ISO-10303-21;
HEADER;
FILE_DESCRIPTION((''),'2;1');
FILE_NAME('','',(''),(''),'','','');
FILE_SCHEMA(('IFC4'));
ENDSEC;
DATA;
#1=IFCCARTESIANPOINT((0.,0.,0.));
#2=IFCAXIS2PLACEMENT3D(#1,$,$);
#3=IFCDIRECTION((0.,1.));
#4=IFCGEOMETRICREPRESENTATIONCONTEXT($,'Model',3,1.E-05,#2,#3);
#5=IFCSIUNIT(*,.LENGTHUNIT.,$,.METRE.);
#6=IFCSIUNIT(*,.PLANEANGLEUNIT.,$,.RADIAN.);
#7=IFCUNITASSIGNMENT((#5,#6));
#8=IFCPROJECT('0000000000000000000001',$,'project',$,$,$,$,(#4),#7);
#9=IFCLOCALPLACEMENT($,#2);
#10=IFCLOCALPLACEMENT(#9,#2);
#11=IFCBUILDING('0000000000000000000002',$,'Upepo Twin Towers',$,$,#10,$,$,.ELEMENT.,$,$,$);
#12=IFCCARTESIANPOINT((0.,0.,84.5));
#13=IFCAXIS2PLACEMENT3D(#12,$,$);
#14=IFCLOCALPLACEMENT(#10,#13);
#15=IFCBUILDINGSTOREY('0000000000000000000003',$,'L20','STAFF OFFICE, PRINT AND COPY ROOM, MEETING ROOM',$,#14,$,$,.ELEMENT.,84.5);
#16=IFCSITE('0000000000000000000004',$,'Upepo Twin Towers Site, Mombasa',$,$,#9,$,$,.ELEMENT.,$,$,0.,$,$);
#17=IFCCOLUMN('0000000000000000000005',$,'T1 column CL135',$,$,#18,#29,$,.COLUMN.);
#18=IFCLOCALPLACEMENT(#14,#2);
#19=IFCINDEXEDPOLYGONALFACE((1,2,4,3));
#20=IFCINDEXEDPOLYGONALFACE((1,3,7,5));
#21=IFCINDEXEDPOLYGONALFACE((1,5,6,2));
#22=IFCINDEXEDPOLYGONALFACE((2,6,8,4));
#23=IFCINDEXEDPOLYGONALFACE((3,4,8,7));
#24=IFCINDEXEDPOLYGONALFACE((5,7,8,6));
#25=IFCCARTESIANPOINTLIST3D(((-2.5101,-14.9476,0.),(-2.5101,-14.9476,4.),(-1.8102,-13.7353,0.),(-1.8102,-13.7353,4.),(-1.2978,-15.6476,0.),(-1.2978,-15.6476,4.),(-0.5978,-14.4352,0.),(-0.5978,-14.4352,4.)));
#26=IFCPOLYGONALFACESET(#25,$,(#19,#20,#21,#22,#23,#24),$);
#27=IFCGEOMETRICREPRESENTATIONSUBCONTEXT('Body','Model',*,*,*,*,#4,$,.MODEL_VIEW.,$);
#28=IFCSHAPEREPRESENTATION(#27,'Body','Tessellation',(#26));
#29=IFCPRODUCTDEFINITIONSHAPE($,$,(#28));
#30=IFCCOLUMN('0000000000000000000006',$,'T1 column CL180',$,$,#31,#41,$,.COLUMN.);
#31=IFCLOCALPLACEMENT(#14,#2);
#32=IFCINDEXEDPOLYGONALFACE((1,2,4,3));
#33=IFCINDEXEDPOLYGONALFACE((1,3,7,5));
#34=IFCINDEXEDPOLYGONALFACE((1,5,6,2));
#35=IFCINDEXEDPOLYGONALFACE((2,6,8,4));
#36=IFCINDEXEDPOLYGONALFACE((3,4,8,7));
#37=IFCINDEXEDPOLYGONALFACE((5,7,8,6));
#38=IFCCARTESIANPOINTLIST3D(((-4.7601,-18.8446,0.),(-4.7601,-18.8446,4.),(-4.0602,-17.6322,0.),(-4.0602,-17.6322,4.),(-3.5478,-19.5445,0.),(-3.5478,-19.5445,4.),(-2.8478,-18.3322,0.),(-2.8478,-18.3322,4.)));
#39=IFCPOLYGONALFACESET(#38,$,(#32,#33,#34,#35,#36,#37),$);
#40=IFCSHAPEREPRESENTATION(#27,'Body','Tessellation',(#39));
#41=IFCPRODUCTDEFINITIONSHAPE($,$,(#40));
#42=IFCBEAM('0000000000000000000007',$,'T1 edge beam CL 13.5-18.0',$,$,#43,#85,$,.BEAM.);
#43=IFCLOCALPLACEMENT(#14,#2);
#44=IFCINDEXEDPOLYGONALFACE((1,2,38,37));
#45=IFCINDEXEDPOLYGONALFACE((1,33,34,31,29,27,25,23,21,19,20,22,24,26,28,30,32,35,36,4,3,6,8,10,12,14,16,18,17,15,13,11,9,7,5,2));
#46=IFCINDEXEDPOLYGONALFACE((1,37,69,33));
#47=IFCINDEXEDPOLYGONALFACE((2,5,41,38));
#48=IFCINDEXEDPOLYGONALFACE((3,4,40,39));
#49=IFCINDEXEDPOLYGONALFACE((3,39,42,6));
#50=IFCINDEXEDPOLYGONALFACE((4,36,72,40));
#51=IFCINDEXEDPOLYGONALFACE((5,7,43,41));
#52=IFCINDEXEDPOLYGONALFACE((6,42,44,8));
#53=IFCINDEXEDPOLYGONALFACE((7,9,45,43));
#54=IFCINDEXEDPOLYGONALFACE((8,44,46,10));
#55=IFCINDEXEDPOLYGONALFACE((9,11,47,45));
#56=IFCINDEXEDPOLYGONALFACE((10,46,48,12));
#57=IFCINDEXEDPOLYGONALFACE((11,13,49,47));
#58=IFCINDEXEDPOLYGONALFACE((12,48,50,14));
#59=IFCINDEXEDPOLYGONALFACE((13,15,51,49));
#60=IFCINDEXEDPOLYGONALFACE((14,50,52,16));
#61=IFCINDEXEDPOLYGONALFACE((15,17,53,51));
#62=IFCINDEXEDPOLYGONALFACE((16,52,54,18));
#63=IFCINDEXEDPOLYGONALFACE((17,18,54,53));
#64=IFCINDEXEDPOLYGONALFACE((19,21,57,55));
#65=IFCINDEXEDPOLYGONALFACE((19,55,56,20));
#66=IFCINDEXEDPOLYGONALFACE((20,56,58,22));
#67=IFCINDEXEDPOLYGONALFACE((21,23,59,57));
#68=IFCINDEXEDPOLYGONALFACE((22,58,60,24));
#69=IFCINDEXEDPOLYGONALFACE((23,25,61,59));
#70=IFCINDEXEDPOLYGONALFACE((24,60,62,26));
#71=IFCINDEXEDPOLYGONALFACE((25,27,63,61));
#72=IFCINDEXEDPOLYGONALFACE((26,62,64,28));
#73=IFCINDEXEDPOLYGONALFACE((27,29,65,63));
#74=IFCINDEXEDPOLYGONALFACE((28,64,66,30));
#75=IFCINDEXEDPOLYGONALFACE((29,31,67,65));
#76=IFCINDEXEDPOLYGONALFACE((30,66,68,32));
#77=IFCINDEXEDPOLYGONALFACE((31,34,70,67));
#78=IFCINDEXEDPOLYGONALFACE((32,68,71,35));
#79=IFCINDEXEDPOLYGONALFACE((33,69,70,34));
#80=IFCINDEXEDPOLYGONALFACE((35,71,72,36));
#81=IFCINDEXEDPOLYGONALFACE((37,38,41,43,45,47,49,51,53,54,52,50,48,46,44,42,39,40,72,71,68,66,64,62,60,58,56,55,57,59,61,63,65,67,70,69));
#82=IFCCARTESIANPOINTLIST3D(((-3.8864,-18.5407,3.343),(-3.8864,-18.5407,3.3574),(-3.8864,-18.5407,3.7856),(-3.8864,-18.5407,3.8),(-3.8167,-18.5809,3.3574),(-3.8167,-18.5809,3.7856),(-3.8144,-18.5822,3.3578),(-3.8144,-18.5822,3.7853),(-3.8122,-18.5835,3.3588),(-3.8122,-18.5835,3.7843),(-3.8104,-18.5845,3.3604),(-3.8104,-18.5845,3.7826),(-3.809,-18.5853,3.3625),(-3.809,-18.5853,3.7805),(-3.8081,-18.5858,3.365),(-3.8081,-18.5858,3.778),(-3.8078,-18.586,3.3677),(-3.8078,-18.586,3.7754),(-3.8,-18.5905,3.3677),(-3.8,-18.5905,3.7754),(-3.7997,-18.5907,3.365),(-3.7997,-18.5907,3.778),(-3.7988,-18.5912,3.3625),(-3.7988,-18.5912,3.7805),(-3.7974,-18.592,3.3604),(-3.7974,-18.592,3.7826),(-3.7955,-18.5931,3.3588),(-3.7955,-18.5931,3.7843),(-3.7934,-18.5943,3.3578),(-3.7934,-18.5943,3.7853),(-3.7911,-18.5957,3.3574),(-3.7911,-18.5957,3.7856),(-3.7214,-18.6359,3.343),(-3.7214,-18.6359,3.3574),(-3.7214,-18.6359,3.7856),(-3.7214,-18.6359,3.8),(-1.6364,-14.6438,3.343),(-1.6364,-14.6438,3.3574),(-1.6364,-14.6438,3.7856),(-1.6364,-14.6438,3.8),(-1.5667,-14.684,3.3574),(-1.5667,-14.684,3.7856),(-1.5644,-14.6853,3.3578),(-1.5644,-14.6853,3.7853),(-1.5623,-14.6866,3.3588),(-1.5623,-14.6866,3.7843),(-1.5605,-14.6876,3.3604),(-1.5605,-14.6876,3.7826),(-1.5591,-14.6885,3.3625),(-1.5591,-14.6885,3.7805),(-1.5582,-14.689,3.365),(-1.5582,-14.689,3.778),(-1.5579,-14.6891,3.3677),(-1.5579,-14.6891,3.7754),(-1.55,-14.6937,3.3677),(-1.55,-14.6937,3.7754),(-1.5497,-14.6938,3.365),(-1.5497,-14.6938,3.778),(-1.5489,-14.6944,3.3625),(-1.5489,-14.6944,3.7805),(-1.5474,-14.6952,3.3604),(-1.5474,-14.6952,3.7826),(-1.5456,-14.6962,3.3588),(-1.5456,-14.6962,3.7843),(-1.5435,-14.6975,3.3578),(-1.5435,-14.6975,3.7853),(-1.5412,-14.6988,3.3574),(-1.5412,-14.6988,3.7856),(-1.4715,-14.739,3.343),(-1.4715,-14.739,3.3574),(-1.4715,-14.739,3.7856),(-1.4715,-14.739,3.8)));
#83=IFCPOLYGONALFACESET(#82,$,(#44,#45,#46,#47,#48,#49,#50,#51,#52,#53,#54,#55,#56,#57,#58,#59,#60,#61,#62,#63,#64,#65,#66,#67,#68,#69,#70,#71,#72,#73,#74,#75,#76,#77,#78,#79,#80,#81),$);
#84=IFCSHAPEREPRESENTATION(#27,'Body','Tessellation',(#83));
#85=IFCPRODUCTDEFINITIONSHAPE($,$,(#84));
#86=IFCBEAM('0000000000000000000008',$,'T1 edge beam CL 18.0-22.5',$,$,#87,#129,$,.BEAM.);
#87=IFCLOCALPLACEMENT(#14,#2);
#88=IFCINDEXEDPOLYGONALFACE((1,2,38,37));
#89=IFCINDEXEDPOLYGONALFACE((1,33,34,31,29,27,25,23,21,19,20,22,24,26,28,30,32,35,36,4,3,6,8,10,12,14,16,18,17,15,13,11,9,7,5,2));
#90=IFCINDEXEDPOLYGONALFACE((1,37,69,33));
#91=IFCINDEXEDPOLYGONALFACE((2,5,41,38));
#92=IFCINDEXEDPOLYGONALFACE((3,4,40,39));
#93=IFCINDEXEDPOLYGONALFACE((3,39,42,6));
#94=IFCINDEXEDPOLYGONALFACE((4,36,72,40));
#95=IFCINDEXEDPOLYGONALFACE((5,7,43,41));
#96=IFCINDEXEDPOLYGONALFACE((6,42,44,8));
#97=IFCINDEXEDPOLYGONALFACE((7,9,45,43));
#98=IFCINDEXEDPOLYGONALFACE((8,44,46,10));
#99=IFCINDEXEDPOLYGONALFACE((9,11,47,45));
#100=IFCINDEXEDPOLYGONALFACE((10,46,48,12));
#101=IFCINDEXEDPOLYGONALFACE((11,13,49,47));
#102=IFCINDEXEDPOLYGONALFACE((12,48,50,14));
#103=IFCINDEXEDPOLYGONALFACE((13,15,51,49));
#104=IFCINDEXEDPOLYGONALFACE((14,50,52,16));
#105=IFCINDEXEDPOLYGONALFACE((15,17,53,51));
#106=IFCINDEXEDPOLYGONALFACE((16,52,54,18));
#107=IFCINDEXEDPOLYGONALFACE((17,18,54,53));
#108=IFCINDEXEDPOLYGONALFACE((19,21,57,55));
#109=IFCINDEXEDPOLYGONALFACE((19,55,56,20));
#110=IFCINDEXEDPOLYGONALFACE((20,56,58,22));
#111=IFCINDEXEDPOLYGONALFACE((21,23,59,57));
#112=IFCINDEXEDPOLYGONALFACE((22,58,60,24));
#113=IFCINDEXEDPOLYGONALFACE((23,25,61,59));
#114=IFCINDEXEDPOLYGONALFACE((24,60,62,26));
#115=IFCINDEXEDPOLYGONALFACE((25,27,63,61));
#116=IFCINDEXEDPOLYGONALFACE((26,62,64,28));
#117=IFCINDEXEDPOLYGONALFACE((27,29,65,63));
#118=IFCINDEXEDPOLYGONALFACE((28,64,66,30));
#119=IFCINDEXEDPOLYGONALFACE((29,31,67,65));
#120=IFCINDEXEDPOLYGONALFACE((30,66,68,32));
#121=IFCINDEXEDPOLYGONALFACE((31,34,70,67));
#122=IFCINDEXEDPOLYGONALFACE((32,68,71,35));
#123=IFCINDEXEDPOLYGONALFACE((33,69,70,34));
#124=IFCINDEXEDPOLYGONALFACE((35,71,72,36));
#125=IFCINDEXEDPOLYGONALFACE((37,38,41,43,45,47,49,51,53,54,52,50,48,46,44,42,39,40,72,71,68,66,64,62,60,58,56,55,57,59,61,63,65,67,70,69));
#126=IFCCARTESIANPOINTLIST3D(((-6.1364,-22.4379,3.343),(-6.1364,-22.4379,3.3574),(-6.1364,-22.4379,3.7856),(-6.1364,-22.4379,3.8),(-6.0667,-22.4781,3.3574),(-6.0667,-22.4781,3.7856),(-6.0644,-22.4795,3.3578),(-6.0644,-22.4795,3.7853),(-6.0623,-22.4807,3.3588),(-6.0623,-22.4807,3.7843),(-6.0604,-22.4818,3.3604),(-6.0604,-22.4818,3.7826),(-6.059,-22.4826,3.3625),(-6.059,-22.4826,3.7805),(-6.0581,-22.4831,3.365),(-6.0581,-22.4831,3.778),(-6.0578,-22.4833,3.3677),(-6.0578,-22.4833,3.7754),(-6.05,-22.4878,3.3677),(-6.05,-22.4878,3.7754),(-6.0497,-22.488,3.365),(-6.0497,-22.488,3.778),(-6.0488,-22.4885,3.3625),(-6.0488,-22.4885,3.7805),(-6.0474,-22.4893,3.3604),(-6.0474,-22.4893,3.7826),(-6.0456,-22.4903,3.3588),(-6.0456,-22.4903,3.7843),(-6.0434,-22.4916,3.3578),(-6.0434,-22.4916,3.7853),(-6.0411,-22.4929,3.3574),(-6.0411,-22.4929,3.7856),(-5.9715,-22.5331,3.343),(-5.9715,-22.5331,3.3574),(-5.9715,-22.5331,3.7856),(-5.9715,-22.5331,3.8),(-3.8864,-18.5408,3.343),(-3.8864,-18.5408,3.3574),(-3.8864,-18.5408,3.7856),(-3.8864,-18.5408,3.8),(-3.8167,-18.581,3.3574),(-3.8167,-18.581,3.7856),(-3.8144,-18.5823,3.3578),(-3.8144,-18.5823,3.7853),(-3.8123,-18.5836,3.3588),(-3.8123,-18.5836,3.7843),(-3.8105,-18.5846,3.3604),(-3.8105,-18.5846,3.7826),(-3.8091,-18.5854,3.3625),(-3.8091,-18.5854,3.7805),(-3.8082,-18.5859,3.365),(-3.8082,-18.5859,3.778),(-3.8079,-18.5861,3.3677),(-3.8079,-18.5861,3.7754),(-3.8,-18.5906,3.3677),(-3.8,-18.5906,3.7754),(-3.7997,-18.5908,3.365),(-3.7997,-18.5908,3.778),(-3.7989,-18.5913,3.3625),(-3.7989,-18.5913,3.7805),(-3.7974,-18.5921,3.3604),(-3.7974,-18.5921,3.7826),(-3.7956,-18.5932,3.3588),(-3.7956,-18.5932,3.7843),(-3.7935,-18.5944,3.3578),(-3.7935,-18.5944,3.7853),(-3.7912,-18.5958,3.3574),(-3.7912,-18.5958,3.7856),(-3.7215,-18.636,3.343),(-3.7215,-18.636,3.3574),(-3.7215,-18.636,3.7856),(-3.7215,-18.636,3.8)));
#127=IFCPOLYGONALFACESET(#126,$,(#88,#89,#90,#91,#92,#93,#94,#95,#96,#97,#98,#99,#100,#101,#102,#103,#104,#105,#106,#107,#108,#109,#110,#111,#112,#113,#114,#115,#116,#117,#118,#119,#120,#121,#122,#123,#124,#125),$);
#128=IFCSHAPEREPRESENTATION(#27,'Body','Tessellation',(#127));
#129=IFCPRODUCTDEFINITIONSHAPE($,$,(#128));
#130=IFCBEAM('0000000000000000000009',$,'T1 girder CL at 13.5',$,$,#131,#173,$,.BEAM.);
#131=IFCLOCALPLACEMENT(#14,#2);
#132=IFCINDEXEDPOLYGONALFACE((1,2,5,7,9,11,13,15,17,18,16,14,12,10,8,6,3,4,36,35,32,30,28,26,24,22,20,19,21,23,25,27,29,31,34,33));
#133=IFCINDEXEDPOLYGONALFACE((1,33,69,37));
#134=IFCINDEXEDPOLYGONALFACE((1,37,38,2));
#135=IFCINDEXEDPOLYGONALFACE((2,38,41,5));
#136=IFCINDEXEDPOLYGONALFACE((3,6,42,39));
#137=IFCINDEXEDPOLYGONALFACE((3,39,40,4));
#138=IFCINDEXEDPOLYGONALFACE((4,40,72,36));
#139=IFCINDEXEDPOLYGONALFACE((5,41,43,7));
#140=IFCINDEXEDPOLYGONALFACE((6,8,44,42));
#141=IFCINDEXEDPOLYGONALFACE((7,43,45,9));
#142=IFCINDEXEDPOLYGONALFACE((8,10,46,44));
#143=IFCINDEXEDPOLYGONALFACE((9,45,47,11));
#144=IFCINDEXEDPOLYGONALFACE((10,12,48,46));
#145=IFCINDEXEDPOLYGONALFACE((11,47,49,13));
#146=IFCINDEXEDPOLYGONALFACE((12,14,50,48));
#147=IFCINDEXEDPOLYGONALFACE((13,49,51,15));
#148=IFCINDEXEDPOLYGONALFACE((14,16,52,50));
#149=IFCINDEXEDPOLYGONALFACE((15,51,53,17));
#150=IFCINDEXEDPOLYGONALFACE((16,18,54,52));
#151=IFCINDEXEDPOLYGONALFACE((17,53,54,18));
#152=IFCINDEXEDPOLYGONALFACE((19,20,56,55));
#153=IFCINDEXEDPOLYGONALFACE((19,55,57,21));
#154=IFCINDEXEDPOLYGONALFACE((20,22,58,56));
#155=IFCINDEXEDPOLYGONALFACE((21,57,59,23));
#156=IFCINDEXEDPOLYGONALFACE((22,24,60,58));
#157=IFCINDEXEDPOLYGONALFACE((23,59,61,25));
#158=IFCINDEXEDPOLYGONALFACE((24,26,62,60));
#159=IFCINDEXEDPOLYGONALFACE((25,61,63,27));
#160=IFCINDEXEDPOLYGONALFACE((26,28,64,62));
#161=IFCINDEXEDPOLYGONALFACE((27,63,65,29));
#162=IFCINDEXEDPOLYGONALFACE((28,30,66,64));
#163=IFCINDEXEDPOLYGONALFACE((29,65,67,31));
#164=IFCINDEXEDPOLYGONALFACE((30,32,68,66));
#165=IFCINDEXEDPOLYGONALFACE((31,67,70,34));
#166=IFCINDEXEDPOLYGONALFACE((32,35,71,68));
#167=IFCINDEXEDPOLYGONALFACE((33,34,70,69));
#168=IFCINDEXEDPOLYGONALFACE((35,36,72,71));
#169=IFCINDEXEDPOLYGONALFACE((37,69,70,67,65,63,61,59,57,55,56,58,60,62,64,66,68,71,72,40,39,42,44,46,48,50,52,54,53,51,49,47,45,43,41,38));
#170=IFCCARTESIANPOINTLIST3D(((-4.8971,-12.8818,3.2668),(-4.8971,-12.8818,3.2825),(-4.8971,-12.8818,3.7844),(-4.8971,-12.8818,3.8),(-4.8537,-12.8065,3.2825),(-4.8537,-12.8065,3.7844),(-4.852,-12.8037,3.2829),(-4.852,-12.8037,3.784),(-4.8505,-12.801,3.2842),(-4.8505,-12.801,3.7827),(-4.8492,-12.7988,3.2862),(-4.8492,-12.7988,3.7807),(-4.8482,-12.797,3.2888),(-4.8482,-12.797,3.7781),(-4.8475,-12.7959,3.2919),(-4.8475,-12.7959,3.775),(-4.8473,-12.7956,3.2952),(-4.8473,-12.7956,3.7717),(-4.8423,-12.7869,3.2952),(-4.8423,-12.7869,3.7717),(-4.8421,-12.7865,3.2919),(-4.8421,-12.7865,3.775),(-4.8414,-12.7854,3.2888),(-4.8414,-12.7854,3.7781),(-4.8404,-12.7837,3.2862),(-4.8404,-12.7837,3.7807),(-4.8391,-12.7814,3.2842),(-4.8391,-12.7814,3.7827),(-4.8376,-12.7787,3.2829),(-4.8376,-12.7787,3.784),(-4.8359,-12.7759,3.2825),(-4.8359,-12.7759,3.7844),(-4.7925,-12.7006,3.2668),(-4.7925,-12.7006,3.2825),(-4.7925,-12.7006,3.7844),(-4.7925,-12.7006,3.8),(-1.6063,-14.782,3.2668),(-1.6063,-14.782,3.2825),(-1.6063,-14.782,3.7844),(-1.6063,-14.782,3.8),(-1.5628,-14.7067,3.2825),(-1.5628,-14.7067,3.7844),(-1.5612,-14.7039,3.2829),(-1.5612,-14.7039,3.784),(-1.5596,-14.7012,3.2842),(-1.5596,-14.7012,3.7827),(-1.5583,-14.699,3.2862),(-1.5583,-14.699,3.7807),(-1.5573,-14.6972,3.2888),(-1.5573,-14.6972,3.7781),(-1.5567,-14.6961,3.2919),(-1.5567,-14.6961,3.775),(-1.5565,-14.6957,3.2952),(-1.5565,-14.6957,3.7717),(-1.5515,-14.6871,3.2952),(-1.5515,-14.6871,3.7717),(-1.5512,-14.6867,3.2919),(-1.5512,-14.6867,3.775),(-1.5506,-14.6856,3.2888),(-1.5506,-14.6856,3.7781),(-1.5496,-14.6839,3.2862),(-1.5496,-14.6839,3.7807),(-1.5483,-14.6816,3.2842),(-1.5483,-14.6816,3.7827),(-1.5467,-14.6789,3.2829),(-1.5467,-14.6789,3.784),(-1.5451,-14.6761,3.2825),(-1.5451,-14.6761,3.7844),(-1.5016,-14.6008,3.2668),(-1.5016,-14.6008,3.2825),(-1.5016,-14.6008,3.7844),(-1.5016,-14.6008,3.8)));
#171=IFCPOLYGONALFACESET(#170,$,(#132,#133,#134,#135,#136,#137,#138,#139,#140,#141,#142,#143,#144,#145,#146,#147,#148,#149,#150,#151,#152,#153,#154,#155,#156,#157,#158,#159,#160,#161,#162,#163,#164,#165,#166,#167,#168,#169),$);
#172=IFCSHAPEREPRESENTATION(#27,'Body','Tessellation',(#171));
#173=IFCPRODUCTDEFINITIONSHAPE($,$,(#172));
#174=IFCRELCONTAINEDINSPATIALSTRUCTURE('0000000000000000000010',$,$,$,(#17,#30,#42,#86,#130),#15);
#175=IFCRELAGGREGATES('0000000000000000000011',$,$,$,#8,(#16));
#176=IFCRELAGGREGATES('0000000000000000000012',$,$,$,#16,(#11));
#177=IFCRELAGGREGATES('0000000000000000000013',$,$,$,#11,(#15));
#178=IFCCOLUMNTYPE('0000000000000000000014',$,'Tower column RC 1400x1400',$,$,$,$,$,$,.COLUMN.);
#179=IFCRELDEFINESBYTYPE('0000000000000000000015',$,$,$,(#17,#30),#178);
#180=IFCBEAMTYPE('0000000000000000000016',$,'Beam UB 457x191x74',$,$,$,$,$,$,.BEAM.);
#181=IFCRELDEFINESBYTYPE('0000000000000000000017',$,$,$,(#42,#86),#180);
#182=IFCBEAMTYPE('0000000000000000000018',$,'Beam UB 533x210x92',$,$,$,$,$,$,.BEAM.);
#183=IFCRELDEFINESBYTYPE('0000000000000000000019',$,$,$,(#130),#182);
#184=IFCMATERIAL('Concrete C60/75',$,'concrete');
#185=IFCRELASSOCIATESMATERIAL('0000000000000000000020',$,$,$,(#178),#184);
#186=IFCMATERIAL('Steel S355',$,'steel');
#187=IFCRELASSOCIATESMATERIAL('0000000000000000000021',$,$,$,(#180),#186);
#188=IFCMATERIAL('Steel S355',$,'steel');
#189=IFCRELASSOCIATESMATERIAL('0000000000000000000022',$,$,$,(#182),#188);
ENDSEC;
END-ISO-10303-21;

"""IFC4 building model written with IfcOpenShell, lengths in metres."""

from ifc_helpers import new_model, si_unit, direction, frame, origin, origin_2d, place, context, subcontext, project, spatial, rectangle, i_section, extrude, material, material_profile, profile_set, type_object, element, save


model = new_model("IFC4")

# Units and contexts
model_context = context("Model", 3, precision=1e-05, world=origin(), true_north=direction((0.0, 1.0)))
body_context = subcontext(model_context, "Body", "Model", "MODEL_VIEW")
ifc_project = project(units=[si_unit("LENGTHUNIT", "METRE"), si_unit("PLANEANGLEUNIT", "RADIAN")], contexts=[model_context])

# Site, building, storey
site_placement = place(None, origin())
site = spatial("IfcSite", under=ifc_project, at=site_placement, Name="Upepo Twin Towers Site, Mombasa", CompositionType="ELEMENT", RefElevation=0.0)
building_placement = place(site_placement, origin())
building = spatial("IfcBuilding", under=site, at=building_placement, Name="Upepo Twin Towers", CompositionType="ELEMENT")
storey_placement = place(building_placement, frame((0.0, 0.0, 84.5)))
storey = spatial("IfcBuildingStorey", under=building, at=storey_placement, Name="L20", Description="STAFF OFFICE, PRINT AND COPY ROOM, MEETING ROOM", CompositionType="ELEMENT", Elevation=84.5)

# Columns
ifc_material_1 = material(Name="Concrete C60/75", Category="concrete")
ifc_material_profile_1 = material_profile(ifc_material_1, rectangle(XDim=1.3999, YDim=1.3999, at=origin_2d()), Name="RC 1400x1400")
ifc_profile_set_1 = profile_set([ifc_material_profile_1], Name="Concrete C60/75")
column_type = type_object("IfcColumnType", Name="Tower column RC 1400x1400", PredefinedType="COLUMN", material=ifc_profile_set_1)
for number, where, z_axis, x_axis, name in (
    (1, (-1.554, -14.6914, 0.0), (0.0, 0.0, 1.0), (0.5, 0.866025, 0.0), "T1 column CL135"),
    (2, (-3.804, -18.5884, 0.0), (0.0, 0.0, 1.0), (0.5, 0.866025, 0.0), "T1 column CL180"),
):
    element("IfcColumn", number, at=place(storey_placement, frame(where, z_axis=z_axis, x_axis=x_axis)), inside=storey, type_object=column_type, Name=name, PredefinedType="COLUMN", context=body_context, shape_type="SweptSolid", body=[
        extrude(rectangle(XDim=1.3999, YDim=1.3999, at=origin_2d()), origin(), (0.0, 0.0, 1.0), 4.0),
    ])

# Beams
ifc_material_2 = material(Name="Steel S355", Category="steel")
ifc_material_profile_2 = material_profile(ifc_material_2, i_section(OverallWidth=0.1904, OverallDepth=0.457, WebThickness=0.009, FlangeThickness=0.0144, FilletRadius=0.0103, at=origin_2d()), Name="UB 457x191x74")
ifc_profile_set_2 = profile_set([ifc_material_profile_2], Name="Steel S355")
beam_type_1 = type_object("IfcBeamType", Name="Beam UB 457x191x74", PredefinedType="BEAM", material=ifc_profile_set_2)
beam_1_placement = place(storey_placement, frame((-1.554, -14.6914, 3.5715), z_axis=(-0.500014, -0.866018, 0.0), x_axis=(0.866018, -0.500014, 0.0)))
element("IfcBeam", 3, at=beam_1_placement, inside=storey, type_object=beam_type_1, Name="T1 edge beam CL 13.5-18.0", PredefinedType="BEAM", context=body_context, shape_type="SweptSolid", body=[
    extrude(i_section(OverallWidth=0.1904, OverallDepth=0.457, WebThickness=0.009, FlangeThickness=0.0144, FilletRadius=0.0103, at=origin_2d()), origin(), (0.0, 0.0, 1.0), 4.4998),
])
beam_2_placement = place(storey_placement, frame((-3.804, -18.5884, 3.5715), z_axis=(-0.49999, -0.866031, 0.0), x_axis=(0.866031, -0.49999, 0.0)))
element("IfcBeam", 4, at=beam_2_placement, inside=storey, type_object=beam_type_1, Name="T1 edge beam CL 18.0-22.5", PredefinedType="BEAM", context=body_context, shape_type="SweptSolid", body=[
    extrude(i_section(OverallWidth=0.1904, OverallDepth=0.457, WebThickness=0.009, FlangeThickness=0.0144, FilletRadius=0.0103, at=origin_2d()), origin(), (0.0, 0.0, 1.0), 4.5),
])
ifc_material_3 = material(Name="Steel S355", Category="steel")
ifc_material_profile_3 = material_profile(ifc_material_3, i_section(OverallWidth=0.2092, OverallDepth=0.5332, WebThickness=0.01, FlangeThickness=0.0156, FilletRadius=0.0127, at=origin_2d()), Name="UB 533x210x92")
ifc_profile_set_3 = profile_set([ifc_material_profile_3], Name="Steel S355")
beam_type_2 = type_object("IfcBeamType", Name="Beam UB 533x210x92", PredefinedType="BEAM", material=ifc_profile_set_3)
beam_3_placement = place(storey_placement, frame((-1.554, -14.6914, 3.5334), z_axis=(-0.866, 0.500043, 0.0), x_axis=(-0.500043, -0.866, 0.0)))
element("IfcBeam", 5, at=beam_3_placement, inside=storey, type_object=beam_type_2, Name="T1 girder CL at 13.5", PredefinedType="BEAM", context=body_context, shape_type="SweptSolid", body=[
    extrude(i_section(OverallWidth=0.2092, OverallDepth=0.5332, WebThickness=0.01, FlangeThickness=0.0156, FilletRadius=0.0127, at=origin_2d()), origin(), (0.0, 0.0, 1.0), 3.8),
])

save(model, "model.ifc")
